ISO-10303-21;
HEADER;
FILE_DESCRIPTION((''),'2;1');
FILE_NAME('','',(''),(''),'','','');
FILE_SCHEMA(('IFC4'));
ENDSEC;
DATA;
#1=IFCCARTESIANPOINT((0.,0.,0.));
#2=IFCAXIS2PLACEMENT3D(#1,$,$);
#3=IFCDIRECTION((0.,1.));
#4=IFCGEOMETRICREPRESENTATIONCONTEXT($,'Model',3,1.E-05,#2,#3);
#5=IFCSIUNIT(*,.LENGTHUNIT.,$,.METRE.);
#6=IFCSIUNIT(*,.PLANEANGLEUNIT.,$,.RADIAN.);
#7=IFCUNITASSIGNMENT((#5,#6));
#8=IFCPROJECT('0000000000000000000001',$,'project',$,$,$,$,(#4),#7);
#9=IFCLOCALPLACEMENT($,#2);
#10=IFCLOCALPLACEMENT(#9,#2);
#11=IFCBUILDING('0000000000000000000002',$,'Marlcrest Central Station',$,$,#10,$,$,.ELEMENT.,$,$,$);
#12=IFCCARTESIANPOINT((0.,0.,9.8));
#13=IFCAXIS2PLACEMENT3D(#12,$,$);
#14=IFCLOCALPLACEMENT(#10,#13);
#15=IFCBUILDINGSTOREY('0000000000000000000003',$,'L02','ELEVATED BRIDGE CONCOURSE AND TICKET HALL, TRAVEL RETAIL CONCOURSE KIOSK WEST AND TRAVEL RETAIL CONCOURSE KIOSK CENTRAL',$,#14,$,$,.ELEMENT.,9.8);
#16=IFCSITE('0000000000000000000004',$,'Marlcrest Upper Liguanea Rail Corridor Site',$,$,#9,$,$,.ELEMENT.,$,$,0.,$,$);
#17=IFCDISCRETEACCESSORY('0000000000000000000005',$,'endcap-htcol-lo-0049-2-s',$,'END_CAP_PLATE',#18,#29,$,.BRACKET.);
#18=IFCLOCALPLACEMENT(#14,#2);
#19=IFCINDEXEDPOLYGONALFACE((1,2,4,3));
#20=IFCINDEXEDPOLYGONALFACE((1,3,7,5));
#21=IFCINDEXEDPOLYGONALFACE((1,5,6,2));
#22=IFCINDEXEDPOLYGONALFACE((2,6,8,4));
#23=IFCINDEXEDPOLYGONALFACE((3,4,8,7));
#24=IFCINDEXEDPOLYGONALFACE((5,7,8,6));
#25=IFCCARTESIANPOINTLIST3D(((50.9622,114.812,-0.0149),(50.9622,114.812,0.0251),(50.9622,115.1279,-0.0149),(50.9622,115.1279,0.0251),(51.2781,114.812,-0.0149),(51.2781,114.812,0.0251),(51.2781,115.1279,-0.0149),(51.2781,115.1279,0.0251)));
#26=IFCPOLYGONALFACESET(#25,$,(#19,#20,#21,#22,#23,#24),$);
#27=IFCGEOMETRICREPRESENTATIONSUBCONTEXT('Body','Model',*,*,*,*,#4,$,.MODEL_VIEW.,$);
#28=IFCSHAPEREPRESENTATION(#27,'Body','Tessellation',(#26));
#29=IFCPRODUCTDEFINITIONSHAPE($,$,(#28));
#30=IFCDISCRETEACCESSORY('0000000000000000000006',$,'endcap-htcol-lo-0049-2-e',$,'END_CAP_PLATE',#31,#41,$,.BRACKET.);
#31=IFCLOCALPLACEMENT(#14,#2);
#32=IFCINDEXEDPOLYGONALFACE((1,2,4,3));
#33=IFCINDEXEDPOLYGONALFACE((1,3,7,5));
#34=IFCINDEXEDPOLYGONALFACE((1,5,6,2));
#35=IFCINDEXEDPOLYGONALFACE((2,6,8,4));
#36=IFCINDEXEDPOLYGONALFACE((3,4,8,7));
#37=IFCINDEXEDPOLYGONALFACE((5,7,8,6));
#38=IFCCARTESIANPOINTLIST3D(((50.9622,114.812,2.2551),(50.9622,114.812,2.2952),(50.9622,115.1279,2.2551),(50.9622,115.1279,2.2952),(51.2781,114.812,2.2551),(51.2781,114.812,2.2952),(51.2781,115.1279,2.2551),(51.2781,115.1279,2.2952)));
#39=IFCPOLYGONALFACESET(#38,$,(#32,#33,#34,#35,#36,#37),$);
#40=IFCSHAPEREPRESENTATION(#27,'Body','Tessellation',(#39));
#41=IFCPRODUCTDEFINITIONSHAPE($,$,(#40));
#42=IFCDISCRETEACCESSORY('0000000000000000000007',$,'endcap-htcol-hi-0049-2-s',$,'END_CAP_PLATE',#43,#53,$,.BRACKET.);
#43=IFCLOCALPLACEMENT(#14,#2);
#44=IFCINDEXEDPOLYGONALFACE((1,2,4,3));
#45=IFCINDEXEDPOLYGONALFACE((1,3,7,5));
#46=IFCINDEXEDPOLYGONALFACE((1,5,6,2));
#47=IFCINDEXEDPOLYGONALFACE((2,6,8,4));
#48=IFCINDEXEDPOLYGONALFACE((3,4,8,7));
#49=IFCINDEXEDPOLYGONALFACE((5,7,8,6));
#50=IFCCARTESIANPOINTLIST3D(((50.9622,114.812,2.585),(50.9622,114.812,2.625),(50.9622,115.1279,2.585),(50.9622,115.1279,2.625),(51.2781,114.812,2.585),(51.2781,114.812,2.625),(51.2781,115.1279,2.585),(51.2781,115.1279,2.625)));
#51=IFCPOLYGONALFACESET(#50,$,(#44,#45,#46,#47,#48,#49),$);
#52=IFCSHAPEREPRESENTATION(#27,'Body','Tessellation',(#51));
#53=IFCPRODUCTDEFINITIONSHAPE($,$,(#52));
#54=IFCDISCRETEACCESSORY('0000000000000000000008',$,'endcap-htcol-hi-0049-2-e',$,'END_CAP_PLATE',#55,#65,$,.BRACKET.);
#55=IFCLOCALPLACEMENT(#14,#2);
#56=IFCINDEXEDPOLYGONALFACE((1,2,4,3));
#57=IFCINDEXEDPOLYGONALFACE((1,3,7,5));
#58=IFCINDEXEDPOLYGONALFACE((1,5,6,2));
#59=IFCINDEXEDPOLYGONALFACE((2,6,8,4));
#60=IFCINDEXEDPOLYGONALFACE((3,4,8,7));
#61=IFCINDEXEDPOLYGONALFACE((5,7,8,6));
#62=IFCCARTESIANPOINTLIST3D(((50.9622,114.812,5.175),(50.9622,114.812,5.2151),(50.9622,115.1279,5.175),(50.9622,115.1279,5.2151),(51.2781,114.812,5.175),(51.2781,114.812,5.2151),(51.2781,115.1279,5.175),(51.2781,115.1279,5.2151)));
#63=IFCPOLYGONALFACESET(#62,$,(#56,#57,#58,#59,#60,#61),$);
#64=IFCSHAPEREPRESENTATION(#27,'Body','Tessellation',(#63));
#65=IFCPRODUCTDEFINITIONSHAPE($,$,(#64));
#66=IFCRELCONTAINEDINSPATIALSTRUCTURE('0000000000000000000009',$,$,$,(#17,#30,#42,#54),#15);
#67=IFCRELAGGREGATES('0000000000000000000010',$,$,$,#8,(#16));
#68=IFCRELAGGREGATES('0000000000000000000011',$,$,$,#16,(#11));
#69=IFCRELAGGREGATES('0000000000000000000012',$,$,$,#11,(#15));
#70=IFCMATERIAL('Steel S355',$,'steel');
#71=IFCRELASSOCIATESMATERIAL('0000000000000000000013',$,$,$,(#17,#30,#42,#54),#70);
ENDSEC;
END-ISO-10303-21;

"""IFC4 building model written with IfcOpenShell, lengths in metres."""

from ifc_helpers import new_model, si_unit, direction, frame, origin, origin_2d, place, context, subcontext, project, spatial, rectangle, extrude, material, element, save


model = new_model("IFC4")

# Units and contexts
model_context = context("Model", 3, precision=1e-05, world=origin(), true_north=direction((0.0, 1.0)))
body_context = subcontext(model_context, "Body", "Model", "MODEL_VIEW")
ifc_project = project(units=[si_unit("LENGTHUNIT", "METRE"), si_unit("PLANEANGLEUNIT", "RADIAN")], contexts=[model_context])

# Site, building, storey
site_placement = place(None, origin())
site = spatial("IfcSite", under=ifc_project, at=site_placement, Name="Marlcrest Upper Liguanea Rail Corridor Site", CompositionType="ELEMENT", RefElevation=0.0)
building_placement = place(site_placement, origin())
building = spatial("IfcBuilding", under=site, at=building_placement, Name="Marlcrest Central Station", CompositionType="ELEMENT")
storey_placement = place(building_placement, frame((0.0, 0.0, 9.8)))
storey = spatial("IfcBuildingStorey", under=building, at=storey_placement, Name="L02", Description="ELEVATED BRIDGE CONCOURSE AND TICKET HALL, TRAVEL RETAIL CONCOURSE KIOSK WEST AND TRAVEL RETAIL CONCOURSE KIOSK CENTRAL", CompositionType="ELEMENT", Elevation=9.8)

# Shared definitions
ifc_material_1 = material(Name="Steel S355", Category="steel")

# Discrete accessories
for number, where, z_axis, x_axis, name in (
    (1, (51.1201, 114.97, -0.0149), (0.0, 0.0, 1.0), (1.0, 0.0, 0.0), "endcap-htcol-lo-0049-2-s"),
    (2, (51.1201, 114.97, 2.2551), (0.0, 0.0, 1.0), (1.0, 0.0, 0.0), "endcap-htcol-lo-0049-2-e"),
    (3, (51.1201, 114.97, 2.585), (0.0, 0.0, 1.0), (1.0, 0.0, 0.0), "endcap-htcol-hi-0049-2-s"),
    (4, (51.1201, 114.97, 5.175), (0.0, 0.0, 1.0), (1.0, 0.0, 0.0), "endcap-htcol-hi-0049-2-e"),
):
    element("IfcDiscreteAccessory", number, at=place(storey_placement, frame(where, z_axis=z_axis, x_axis=x_axis)), inside=storey, material=ifc_material_1, Name=name, ObjectType="END_CAP_PLATE", PredefinedType="BRACKET", context=body_context, shape_type="SweptSolid", body=[
        extrude(rectangle(XDim=0.3159, YDim=0.3159, at=origin_2d()), origin(), (0.0, 0.0, 1.0), 0.04),
    ])

save(model, "model.ifc")
